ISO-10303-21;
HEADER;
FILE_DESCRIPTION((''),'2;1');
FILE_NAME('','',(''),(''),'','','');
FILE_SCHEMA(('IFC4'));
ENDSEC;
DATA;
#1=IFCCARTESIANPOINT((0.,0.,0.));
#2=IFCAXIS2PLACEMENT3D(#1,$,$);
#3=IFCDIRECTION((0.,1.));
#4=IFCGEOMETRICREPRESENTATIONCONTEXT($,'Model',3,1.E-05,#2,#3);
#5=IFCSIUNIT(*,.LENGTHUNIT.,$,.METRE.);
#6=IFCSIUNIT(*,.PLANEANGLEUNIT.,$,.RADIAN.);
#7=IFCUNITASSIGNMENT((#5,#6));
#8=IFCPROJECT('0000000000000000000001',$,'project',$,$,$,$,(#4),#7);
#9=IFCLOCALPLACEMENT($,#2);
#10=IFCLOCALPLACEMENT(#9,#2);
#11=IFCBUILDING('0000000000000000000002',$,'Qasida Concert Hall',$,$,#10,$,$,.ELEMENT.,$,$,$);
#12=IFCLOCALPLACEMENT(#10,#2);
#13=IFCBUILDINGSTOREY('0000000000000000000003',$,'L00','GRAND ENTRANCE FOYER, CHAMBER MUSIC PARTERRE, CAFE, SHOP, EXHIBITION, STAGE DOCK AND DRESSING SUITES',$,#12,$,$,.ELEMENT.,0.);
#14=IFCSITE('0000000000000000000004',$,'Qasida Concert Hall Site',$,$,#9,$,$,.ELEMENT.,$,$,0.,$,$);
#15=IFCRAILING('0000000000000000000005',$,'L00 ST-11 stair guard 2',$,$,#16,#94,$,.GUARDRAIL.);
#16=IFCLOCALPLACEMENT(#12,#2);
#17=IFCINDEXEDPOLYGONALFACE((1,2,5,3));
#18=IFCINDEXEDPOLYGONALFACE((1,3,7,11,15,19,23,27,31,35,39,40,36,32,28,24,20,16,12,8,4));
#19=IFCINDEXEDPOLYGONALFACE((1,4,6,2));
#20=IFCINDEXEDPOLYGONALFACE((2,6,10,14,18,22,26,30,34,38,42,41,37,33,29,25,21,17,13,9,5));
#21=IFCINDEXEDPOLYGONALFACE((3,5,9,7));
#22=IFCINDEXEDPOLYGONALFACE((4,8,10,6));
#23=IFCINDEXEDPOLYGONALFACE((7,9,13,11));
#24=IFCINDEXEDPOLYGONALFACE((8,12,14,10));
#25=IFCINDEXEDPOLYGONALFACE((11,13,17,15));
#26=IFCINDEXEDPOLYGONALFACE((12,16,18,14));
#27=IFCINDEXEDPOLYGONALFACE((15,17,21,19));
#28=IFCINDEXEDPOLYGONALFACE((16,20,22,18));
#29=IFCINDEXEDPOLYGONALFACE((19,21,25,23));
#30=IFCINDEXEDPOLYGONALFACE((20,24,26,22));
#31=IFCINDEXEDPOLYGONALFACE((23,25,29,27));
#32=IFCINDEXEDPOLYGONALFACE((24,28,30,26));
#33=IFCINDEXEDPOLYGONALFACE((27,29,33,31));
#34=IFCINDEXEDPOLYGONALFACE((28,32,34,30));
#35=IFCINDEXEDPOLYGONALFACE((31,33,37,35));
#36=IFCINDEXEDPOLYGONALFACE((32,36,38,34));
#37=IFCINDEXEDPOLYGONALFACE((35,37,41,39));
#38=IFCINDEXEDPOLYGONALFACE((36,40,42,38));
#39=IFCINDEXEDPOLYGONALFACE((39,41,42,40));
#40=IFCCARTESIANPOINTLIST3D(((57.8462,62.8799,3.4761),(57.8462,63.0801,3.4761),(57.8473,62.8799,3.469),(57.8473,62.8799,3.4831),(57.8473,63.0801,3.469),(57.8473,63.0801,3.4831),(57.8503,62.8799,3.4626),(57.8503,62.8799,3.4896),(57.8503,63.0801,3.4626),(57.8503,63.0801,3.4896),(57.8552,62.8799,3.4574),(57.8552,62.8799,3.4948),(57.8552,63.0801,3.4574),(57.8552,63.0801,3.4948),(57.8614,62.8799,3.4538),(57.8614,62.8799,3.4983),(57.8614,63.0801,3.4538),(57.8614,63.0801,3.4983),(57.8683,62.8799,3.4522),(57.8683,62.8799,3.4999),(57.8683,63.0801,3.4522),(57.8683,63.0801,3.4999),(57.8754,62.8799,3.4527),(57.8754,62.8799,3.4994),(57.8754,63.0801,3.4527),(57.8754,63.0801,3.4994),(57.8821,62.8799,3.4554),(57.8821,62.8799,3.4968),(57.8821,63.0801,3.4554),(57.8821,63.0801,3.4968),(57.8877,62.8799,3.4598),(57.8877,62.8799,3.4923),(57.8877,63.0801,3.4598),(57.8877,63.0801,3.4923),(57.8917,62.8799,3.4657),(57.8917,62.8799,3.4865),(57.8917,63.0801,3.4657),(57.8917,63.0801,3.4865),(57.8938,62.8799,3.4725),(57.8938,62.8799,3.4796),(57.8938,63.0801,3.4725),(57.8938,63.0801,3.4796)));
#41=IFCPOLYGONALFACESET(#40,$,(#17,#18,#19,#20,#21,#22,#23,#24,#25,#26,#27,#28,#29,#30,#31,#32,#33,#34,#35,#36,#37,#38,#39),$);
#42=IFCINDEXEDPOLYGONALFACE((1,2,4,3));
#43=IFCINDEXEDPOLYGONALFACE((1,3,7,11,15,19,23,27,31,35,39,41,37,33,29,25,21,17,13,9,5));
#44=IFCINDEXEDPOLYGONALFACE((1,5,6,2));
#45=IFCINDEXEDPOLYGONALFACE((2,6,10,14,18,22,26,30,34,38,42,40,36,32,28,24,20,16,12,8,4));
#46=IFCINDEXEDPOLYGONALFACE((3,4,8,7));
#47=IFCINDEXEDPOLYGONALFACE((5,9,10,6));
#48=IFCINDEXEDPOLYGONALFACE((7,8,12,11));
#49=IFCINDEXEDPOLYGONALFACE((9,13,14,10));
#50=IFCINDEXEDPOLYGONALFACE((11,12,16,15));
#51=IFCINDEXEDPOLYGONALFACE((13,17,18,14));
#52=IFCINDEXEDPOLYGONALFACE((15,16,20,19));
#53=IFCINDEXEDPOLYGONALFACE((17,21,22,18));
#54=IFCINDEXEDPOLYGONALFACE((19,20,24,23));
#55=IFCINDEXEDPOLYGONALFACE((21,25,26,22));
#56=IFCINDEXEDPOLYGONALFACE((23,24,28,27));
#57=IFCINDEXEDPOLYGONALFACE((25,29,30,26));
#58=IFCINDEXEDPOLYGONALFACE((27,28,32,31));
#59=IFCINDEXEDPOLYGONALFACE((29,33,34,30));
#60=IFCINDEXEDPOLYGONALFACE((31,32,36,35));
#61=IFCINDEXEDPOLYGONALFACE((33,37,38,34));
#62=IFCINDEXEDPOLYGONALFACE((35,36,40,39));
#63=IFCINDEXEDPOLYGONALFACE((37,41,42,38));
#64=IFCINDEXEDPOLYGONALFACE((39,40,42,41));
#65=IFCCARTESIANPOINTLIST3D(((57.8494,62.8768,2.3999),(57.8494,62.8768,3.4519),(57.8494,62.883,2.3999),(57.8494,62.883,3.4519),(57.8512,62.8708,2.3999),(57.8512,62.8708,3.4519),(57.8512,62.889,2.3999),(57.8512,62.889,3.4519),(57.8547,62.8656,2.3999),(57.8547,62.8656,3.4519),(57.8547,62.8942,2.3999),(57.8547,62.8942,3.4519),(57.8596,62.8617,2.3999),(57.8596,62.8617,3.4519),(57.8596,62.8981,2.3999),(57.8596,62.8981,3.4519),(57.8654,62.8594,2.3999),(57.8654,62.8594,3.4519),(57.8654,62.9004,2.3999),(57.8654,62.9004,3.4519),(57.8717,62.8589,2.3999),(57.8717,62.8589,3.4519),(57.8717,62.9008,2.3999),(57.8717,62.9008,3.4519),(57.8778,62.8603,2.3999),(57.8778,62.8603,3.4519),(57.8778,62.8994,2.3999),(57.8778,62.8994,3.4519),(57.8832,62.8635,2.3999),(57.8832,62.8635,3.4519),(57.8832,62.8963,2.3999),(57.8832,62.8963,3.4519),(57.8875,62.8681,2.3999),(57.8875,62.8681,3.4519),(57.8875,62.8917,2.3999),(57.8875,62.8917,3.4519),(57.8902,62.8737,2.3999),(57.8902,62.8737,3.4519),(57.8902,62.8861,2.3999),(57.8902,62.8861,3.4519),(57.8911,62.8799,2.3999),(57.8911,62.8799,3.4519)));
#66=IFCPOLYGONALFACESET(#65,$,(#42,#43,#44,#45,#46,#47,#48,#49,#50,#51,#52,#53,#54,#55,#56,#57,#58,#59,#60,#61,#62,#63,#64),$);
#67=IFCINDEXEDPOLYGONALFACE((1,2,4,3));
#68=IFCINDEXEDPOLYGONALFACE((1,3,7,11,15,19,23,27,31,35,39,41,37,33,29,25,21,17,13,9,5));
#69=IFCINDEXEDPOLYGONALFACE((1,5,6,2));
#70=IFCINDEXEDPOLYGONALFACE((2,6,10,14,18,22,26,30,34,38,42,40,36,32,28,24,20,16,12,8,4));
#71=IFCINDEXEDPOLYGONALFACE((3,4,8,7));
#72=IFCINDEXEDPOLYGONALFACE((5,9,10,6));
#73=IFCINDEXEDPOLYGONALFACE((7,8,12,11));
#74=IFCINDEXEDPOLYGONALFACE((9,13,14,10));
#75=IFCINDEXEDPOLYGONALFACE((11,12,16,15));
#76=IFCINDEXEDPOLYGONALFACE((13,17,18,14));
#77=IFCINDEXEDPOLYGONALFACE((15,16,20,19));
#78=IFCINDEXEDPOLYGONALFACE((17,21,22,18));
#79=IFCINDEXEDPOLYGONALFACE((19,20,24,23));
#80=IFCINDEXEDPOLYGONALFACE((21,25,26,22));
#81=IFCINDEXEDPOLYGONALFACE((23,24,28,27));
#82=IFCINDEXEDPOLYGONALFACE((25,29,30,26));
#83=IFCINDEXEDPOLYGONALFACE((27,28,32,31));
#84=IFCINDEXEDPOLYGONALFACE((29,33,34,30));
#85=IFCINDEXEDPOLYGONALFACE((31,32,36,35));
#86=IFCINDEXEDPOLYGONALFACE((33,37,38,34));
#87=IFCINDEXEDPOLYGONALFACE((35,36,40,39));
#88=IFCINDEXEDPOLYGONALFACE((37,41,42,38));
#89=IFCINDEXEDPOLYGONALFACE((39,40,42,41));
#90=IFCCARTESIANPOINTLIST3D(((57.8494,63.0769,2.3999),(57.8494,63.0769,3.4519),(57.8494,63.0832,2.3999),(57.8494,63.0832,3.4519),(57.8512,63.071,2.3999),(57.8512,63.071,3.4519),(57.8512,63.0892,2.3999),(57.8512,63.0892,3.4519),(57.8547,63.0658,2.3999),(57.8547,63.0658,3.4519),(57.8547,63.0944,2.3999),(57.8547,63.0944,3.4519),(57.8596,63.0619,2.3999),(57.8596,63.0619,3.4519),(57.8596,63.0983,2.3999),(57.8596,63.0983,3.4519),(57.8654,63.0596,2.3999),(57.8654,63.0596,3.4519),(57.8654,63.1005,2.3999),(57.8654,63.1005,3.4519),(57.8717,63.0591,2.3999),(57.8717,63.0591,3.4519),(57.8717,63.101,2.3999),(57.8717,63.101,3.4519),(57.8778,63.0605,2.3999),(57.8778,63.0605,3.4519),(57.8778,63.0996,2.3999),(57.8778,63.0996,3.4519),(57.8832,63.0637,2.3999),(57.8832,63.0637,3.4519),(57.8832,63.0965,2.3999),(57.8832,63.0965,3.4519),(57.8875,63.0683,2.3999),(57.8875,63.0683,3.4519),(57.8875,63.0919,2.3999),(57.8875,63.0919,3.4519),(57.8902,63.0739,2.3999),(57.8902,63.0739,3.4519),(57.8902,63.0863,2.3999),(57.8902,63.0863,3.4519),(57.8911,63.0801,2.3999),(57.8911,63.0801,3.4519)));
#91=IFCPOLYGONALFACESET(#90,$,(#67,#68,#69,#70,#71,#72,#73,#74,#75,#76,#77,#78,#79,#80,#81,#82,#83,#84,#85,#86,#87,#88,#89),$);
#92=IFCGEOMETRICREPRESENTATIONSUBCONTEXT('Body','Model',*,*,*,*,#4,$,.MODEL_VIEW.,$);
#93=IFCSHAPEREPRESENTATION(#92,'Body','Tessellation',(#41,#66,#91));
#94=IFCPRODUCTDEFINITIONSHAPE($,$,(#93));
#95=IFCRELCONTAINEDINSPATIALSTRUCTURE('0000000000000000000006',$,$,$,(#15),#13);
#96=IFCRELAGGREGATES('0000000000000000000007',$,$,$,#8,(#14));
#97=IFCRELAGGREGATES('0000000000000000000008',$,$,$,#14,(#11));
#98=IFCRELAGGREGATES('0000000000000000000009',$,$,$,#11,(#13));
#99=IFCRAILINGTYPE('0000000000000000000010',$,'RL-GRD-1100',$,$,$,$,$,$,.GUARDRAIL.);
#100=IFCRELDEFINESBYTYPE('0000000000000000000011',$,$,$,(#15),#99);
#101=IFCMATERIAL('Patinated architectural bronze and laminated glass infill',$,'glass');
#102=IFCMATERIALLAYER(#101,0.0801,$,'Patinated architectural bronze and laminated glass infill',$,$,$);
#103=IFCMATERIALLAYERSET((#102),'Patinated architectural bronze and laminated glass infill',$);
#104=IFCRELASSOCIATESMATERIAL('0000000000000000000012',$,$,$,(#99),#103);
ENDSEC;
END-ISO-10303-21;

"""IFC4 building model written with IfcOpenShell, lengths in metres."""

from ifc_helpers import new_model, si_unit, direction, frame, origin, origin_2d, place, context, subcontext, project, spatial, circle, extrude, material, layer, layer_set, type_object, element, save


model = new_model("IFC4")

# Units and contexts
model_context = context("Model", 3, precision=1e-05, world=origin(), true_north=direction((0.0, 1.0)))
body_context = subcontext(model_context, "Body", "Model", "MODEL_VIEW")
ifc_project = project(units=[si_unit("LENGTHUNIT", "METRE"), si_unit("PLANEANGLEUNIT", "RADIAN")], contexts=[model_context])

# Site, building, storey
site_placement = place(None, origin())
site = spatial("IfcSite", under=ifc_project, at=site_placement, Name="Qasida Concert Hall Site", CompositionType="ELEMENT", RefElevation=0.0)
building_placement = place(site_placement, origin())
building = spatial("IfcBuilding", under=site, at=building_placement, Name="Qasida Concert Hall", CompositionType="ELEMENT")
storey_placement = place(building_placement, origin())
storey = spatial("IfcBuildingStorey", under=building, at=storey_placement, Name="L00", Description="GRAND ENTRANCE FOYER, CHAMBER MUSIC PARTERRE, CAFE, SHOP, EXHIBITION, STAGE DOCK AND DRESSING SUITES", CompositionType="ELEMENT", Elevation=0.0)

# Railing
ifc_material_1 = material(Name="Patinated architectural bronze and laminated glass infill", Category="glass")
ifc_layer_1 = layer(ifc_material_1, 0.0801, Name="Patinated architectural bronze and laminated glass infill")
ifc_layer_set_1 = layer_set([ifc_layer_1], Name="Patinated architectural bronze and laminated glass infill")
railing_type_1 = type_object("IfcRailingType", Name="RL-GRD-1100", PredefinedType="GUARDRAIL", material=ifc_layer_set_1)
railing_1_placement = place(storey_placement, frame((57.8701, 62.8799, 2.3999)))
element("IfcRailing", 1, at=railing_1_placement, inside=storey, type_object=railing_type_1, Name="L00 ST-11 stair guard 2", PredefinedType="GUARDRAIL", context=body_context, shape_type="SweptSolid", body=[
    extrude(circle(Radius=0.0239, at=origin_2d()), frame((0.0, 0.0, 1.0762), z_axis=(0.0, 1.0, 0.0), x_axis=(-1.0, 0.0, 0.0)), (0.0, 0.0, 1.0), 0.2002),
    extrude(circle(Radius=0.021, at=origin_2d()), origin(), (0.0, 0.0, 1.0), 1.052),
    extrude(circle(Radius=0.021, at=origin_2d()), frame((0.0, 0.2002, 0.0)), (0.0, 0.0, 1.0), 1.052),
])

save(model, "model.ifc")
